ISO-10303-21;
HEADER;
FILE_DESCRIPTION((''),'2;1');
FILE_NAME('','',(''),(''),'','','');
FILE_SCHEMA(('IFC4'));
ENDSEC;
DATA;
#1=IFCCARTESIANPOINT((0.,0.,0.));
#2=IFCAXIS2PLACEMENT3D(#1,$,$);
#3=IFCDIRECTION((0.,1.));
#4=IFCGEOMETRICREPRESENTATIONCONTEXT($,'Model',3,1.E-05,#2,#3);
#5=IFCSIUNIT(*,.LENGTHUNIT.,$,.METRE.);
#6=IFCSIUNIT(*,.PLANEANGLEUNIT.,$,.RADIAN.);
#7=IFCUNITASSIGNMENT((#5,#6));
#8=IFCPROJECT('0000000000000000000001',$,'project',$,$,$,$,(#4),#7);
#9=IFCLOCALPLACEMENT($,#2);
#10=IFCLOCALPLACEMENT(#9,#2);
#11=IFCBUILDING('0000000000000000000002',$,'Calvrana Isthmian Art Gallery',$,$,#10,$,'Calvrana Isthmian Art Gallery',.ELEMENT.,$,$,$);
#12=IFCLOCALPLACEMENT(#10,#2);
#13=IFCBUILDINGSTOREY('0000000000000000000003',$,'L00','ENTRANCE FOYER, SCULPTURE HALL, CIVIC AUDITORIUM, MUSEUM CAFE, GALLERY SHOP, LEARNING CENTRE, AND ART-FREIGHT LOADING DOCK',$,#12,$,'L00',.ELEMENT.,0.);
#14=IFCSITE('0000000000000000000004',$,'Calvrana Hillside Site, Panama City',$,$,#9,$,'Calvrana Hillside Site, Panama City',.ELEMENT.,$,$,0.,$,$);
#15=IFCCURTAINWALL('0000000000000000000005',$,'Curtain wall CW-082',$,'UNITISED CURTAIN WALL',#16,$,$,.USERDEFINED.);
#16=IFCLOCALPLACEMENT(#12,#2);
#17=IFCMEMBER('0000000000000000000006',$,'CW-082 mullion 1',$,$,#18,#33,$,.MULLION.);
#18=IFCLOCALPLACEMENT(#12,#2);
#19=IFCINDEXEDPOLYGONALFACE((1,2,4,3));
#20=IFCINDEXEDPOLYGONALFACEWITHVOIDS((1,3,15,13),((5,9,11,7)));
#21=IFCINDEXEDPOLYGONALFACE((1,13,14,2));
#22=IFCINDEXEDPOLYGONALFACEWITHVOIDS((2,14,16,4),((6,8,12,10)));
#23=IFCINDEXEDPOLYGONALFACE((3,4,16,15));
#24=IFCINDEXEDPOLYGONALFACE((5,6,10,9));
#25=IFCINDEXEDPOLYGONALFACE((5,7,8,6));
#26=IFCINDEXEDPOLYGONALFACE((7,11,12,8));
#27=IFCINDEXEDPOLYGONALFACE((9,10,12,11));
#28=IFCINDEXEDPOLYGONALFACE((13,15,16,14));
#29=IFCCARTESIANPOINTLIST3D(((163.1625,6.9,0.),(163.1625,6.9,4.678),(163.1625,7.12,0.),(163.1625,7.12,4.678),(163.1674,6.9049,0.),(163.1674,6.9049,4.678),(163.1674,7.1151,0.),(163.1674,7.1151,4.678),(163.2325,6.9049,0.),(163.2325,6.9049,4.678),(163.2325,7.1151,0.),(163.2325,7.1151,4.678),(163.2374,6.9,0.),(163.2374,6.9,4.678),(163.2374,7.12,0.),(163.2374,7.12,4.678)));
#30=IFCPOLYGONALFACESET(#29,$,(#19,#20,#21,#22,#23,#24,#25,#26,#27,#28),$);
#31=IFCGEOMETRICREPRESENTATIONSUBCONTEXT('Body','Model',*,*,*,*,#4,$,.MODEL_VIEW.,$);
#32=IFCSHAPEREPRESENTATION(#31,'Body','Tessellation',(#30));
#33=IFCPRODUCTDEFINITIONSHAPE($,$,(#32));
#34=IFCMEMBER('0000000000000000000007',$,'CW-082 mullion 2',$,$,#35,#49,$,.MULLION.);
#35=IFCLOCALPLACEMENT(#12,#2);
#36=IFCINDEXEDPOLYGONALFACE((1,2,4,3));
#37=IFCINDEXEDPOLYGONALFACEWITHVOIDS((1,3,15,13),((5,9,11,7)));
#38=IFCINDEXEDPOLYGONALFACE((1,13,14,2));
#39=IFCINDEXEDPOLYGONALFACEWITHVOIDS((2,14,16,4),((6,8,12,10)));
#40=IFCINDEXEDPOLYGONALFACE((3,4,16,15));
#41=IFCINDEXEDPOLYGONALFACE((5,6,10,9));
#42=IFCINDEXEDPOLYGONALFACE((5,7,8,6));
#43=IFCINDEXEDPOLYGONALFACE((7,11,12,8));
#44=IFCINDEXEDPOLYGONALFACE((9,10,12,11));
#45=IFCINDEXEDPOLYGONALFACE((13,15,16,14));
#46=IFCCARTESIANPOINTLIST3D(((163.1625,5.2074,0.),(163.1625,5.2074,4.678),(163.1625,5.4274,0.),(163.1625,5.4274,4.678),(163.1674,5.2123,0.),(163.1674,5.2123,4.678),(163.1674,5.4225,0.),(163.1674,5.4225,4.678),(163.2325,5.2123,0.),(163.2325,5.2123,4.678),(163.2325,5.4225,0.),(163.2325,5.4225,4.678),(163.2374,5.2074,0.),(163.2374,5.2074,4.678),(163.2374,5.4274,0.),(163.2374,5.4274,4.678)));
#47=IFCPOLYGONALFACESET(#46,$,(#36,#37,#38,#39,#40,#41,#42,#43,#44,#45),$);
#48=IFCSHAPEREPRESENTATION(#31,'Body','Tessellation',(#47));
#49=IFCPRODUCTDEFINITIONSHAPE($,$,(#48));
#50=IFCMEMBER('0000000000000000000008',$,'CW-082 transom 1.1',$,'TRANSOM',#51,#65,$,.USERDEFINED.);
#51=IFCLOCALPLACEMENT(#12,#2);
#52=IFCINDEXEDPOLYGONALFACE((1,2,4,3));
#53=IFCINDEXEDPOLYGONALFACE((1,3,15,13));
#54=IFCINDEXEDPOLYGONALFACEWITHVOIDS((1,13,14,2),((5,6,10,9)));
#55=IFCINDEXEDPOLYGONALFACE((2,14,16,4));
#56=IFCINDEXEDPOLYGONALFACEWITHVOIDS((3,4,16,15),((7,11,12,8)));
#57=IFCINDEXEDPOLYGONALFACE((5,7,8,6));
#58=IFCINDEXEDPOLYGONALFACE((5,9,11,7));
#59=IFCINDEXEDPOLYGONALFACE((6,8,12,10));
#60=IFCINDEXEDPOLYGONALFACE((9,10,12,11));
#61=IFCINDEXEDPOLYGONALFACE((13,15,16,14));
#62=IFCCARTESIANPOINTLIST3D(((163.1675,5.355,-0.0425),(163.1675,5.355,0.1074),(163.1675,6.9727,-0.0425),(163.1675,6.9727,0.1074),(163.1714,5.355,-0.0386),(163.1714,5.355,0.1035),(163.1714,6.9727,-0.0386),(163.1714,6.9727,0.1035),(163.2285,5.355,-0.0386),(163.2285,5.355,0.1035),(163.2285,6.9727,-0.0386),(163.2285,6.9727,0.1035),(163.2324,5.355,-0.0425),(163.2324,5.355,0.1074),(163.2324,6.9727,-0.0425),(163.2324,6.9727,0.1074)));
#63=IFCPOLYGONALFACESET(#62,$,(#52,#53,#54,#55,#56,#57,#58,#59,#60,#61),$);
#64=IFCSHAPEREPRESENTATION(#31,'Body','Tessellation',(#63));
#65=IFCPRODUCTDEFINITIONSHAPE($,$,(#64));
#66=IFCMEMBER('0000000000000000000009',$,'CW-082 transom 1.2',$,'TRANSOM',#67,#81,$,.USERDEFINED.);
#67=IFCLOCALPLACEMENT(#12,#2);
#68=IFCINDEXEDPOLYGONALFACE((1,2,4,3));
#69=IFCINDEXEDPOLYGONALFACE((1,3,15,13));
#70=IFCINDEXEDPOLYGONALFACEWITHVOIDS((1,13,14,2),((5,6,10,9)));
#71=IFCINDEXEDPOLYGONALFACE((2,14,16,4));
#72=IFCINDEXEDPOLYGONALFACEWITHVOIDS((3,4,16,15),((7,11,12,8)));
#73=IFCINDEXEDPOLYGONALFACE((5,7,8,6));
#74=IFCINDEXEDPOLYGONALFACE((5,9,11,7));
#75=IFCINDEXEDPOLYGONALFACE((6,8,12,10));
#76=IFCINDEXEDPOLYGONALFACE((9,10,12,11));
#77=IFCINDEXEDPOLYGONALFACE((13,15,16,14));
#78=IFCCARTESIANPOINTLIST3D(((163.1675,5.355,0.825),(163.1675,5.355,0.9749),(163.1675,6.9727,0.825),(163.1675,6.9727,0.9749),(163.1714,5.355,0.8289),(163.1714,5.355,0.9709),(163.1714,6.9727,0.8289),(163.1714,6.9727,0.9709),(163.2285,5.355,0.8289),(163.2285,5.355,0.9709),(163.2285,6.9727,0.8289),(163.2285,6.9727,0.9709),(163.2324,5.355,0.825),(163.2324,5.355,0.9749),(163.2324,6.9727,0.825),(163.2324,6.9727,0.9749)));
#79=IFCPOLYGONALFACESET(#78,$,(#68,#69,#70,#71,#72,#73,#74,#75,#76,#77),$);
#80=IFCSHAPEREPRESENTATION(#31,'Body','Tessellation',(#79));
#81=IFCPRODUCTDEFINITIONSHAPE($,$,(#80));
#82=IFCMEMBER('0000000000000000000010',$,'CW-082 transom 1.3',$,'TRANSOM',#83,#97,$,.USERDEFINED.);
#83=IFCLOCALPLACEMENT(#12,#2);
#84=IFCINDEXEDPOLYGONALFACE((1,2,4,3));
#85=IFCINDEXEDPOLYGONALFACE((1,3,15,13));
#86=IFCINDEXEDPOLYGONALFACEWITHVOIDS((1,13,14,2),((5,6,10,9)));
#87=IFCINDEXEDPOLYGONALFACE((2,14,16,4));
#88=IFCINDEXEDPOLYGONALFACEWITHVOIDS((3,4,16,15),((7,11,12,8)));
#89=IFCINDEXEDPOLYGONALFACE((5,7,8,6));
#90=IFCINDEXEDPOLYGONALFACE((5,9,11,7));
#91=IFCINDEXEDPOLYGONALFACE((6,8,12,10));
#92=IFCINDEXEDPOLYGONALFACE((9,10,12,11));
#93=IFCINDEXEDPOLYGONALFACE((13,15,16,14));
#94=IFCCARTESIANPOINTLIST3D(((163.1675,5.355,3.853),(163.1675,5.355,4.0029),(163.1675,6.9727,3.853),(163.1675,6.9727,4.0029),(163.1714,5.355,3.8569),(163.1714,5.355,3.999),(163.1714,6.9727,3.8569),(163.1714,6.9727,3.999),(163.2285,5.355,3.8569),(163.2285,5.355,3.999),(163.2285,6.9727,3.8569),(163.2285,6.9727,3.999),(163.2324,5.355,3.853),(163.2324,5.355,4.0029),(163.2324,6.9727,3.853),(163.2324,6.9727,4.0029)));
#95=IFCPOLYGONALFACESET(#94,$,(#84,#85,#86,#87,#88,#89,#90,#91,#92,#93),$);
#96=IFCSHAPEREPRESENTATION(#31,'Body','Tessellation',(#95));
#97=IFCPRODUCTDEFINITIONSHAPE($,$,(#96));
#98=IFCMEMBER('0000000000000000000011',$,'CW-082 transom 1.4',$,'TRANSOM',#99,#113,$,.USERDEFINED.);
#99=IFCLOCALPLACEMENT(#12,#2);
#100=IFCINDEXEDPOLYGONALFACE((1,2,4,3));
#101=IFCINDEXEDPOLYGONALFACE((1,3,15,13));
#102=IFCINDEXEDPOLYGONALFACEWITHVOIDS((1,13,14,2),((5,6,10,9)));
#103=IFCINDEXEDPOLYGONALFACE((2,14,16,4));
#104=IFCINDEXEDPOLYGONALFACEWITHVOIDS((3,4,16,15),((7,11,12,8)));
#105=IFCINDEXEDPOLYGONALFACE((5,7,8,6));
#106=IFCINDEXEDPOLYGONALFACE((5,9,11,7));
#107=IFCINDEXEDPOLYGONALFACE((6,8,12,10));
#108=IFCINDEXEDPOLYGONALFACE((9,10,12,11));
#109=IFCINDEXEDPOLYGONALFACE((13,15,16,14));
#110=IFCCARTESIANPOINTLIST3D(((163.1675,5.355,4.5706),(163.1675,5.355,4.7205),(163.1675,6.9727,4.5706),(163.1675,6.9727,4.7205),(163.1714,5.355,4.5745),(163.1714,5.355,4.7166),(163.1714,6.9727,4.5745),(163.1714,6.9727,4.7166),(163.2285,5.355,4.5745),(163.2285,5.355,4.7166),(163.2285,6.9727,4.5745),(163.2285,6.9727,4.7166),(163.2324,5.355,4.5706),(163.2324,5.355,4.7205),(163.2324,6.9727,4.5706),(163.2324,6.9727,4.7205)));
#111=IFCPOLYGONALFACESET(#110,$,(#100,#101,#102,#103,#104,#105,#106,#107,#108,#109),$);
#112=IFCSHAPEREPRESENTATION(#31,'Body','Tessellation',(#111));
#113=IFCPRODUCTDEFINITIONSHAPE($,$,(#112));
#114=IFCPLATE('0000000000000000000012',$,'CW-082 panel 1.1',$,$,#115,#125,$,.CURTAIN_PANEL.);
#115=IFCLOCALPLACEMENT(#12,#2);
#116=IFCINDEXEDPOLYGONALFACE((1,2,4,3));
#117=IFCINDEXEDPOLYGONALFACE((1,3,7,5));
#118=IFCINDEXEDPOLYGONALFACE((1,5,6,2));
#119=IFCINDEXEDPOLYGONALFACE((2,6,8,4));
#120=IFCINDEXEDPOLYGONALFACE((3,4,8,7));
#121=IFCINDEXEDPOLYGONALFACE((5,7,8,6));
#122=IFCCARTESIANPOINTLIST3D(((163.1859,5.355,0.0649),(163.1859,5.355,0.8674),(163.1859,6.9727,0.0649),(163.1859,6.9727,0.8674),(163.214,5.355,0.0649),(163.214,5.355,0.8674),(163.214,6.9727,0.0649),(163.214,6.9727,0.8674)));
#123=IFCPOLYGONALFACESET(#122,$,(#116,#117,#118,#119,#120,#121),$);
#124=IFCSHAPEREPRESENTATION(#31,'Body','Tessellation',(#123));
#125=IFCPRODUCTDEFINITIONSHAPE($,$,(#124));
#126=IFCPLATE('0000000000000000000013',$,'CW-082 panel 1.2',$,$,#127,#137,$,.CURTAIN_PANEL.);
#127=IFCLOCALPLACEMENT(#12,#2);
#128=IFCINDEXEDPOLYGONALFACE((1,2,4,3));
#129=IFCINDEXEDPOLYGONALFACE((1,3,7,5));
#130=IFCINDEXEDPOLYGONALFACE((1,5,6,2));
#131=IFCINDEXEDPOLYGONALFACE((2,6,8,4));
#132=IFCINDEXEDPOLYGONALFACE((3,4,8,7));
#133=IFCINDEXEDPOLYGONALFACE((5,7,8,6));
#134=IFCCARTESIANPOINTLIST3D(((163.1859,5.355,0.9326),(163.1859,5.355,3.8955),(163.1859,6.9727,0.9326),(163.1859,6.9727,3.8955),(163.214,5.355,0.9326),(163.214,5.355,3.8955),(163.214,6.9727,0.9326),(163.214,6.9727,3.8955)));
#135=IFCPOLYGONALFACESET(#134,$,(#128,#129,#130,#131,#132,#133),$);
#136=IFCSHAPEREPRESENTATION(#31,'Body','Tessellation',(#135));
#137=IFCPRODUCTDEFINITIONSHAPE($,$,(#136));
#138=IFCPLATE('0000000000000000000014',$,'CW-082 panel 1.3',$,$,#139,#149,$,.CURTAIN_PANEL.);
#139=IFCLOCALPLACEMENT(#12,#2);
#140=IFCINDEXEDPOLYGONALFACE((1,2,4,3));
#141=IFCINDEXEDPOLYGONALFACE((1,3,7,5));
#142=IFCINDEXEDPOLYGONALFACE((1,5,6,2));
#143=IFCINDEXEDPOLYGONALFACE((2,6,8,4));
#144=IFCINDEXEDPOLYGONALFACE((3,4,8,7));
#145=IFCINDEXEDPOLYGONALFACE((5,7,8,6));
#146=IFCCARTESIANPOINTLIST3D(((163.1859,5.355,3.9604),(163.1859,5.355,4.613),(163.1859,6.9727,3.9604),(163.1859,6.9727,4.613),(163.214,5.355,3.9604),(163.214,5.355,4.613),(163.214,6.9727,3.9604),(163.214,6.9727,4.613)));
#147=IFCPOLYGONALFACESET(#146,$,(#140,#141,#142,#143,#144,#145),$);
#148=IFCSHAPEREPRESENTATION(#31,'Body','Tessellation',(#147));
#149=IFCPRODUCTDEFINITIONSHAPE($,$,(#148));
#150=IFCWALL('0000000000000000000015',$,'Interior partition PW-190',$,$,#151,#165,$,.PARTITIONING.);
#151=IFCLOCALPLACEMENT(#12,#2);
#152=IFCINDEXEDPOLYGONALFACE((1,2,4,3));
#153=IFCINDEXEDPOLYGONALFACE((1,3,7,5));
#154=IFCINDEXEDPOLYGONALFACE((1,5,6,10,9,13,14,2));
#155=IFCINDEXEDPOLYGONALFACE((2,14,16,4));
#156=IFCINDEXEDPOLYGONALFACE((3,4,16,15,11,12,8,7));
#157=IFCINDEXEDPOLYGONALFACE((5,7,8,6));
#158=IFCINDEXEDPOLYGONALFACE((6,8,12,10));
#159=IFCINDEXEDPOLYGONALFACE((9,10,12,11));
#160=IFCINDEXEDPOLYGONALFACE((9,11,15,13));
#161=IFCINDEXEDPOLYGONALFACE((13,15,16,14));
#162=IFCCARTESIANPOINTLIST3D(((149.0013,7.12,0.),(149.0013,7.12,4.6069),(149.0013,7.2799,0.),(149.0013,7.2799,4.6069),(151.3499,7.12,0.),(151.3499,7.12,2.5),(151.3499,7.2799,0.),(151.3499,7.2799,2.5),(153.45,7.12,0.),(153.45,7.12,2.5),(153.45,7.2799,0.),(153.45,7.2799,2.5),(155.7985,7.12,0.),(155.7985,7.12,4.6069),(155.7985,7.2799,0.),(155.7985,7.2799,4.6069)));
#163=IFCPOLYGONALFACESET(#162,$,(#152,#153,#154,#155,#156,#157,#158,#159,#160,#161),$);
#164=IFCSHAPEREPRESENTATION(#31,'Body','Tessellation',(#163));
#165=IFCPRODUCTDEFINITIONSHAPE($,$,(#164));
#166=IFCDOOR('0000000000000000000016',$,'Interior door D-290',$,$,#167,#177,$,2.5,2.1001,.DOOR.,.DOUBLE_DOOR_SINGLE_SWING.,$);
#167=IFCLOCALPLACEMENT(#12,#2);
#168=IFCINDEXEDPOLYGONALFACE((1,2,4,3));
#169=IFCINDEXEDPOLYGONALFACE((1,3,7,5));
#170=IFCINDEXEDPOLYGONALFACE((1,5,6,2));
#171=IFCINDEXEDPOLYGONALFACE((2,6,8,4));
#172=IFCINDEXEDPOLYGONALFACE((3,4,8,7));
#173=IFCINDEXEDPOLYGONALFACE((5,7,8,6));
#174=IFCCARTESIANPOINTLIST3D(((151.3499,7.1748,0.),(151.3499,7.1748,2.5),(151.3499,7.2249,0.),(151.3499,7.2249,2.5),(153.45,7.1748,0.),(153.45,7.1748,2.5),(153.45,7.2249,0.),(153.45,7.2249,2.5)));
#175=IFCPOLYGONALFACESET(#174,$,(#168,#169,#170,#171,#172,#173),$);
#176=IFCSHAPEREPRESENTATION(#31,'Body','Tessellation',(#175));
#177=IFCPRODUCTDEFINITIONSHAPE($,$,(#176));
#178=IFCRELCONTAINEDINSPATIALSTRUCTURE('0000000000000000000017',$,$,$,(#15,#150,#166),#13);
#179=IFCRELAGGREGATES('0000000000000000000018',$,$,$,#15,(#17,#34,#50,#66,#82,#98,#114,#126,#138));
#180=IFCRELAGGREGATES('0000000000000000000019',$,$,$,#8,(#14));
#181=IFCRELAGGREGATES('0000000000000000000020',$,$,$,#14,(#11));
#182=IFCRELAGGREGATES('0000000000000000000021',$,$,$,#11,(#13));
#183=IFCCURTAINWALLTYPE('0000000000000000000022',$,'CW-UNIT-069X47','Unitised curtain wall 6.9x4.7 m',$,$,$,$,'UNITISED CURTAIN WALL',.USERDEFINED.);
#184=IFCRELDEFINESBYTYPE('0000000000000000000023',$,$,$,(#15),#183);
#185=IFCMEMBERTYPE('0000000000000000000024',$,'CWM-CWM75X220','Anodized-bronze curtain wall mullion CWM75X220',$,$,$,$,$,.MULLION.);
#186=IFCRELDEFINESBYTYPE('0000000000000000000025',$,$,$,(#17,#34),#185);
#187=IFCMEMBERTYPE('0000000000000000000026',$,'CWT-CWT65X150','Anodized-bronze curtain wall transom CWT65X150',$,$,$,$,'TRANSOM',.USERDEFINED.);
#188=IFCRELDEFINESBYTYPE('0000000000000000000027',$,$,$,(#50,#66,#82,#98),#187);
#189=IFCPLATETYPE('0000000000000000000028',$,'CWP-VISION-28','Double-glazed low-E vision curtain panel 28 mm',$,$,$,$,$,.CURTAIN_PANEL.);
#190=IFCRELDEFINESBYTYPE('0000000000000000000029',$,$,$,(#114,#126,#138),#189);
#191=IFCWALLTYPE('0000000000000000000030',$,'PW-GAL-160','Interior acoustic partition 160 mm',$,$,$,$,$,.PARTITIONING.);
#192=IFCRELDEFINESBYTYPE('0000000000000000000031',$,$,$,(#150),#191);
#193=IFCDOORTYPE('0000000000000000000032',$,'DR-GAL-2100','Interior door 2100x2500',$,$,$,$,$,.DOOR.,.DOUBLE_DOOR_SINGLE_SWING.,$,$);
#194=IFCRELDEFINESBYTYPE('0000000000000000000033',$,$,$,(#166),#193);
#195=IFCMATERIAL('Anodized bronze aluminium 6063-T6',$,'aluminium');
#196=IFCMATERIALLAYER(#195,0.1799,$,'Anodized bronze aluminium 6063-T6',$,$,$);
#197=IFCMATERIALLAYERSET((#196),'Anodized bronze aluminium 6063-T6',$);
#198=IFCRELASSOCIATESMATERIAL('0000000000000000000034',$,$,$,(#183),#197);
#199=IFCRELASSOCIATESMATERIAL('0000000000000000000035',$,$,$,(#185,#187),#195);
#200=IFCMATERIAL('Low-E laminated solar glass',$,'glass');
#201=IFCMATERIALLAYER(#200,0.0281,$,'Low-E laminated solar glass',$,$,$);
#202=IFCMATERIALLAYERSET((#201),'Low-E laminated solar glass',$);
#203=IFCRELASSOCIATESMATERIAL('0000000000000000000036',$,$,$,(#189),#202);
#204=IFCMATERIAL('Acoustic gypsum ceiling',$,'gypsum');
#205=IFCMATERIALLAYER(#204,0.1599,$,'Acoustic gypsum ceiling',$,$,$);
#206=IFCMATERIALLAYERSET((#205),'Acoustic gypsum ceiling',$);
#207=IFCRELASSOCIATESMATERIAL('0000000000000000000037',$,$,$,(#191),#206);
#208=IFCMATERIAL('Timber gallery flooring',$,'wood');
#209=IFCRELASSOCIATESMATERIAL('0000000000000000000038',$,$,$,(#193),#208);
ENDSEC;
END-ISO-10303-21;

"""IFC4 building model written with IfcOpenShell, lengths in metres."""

from ifc_helpers import new_model, si_unit, direction, frame, frame_2d, origin, origin_2d, place, context, subcontext, project, spatial, rectangle, hollow_rectangle, extrude, material, layer, layer_set, material_profile, profile_set, type_object, element, fill, aggregate, save


model = new_model("IFC4")

# Units and contexts
model_context = context("Model", 3, precision=1e-05, world=origin(), true_north=direction((0.0, 1.0)))
body_context = subcontext(model_context, "Body", "Model", "MODEL_VIEW")
ifc_project = project(units=[si_unit("LENGTHUNIT", "METRE"), si_unit("PLANEANGLEUNIT", "RADIAN")], contexts=[model_context])

# Site, building, storey
site_placement = place(None, origin())
site = spatial("IfcSite", under=ifc_project, at=site_placement, Name="Calvrana Hillside Site, Panama City", LongName="Calvrana Hillside Site, Panama City", CompositionType="ELEMENT", RefElevation=0.0)
building_placement = place(site_placement, origin())
building = spatial("IfcBuilding", under=site, at=building_placement, Name="Calvrana Isthmian Art Gallery", LongName="Calvrana Isthmian Art Gallery", CompositionType="ELEMENT")
storey_placement = place(building_placement, origin())
storey = spatial("IfcBuildingStorey", under=building, at=storey_placement, Name="L00", Description="ENTRANCE FOYER, SCULPTURE HALL, CIVIC AUDITORIUM, MUSEUM CAFE, GALLERY SHOP, LEARNING CENTRE, AND ART-FREIGHT LOADING DOCK", LongName="L00", CompositionType="ELEMENT", Elevation=0.0)

# Curtain wall, members, plates
ifc_material_1 = material(Name="Anodized bronze aluminium 6063-T6", Category="aluminium")
ifc_layer_1 = layer(ifc_material_1, 0.1799, Name="Anodized bronze aluminium 6063-T6")
ifc_layer_set_1 = layer_set([ifc_layer_1], Name="Anodized bronze aluminium 6063-T6")
curtain_wall_type = type_object("IfcCurtainWallType", Name="CW-UNIT-069X47", Description="Unitised curtain wall 6.9x4.7 m", ElementType="UNITISED CURTAIN WALL", PredefinedType="USERDEFINED", material=ifc_layer_set_1)
curtain_wall_placement = place(storey_placement, origin())
curtain_wall = element("IfcCurtainWall", 1, at=curtain_wall_placement, inside=storey, type_object=curtain_wall_type, Name="Curtain wall CW-082", ObjectType="UNITISED CURTAIN WALL", PredefinedType="USERDEFINED")
ifc_material_profile_1 = material_profile(ifc_material_1, hollow_rectangle(XDim=0.075, YDim=0.22, WallThickness=0.0049, at=origin_2d()), Name="CWM75X220")
ifc_profile_set_1 = profile_set([ifc_material_profile_1], Name="Anodized bronze aluminium 6063-T6")
member_type_1 = type_object("IfcMemberType", Name="CWM-CWM75X220", Description="Anodized-bronze curtain wall mullion CWM75X220", PredefinedType="MULLION", material=ifc_profile_set_1)
member_1_placement = place(storey_placement, frame((163.2, 7.01, 0.0), z_axis=(0.0, 0.0, 1.0), x_axis=(1.0, 0.0, 0.0)))
member_1 = element("IfcMember", 2, at=member_1_placement, type_object=member_type_1, Name="CW-082 mullion 1", PredefinedType="MULLION", context=body_context, shape_type="SweptSolid", body=[
    extrude(hollow_rectangle(XDim=0.075, YDim=0.22, WallThickness=0.0049, at=origin_2d()), origin(), (0.0, 0.0, 1.0), 4.678),
])
member_2_placement = place(storey_placement, frame((163.2, 5.3174, 0.0), z_axis=(0.0, 0.0, 1.0), x_axis=(1.0, 0.0, 0.0)))
member_2 = element("IfcMember", 3, at=member_2_placement, type_object=member_type_1, Name="CW-082 mullion 2", PredefinedType="MULLION", context=body_context, shape_type="SweptSolid", body=[
    extrude(hollow_rectangle(XDim=0.075, YDim=0.22, WallThickness=0.0049, at=origin_2d()), origin(), (0.0, 0.0, 1.0), 4.678),
])
ifc_material_profile_2 = material_profile(ifc_material_1, hollow_rectangle(XDim=0.0649, YDim=0.1499, WallThickness=0.0039, at=origin_2d()), Name="CWT65X150")
ifc_profile_set_2 = profile_set([ifc_material_profile_2], Name="Anodized bronze aluminium 6063-T6")
member_type_2 = type_object("IfcMemberType", Name="CWT-CWT65X150", Description="Anodized-bronze curtain wall transom CWT65X150", ElementType="TRANSOM", PredefinedType="USERDEFINED", material=ifc_profile_set_2)
member_3_placement = place(storey_placement, frame((163.2, 6.9727, 0.0325), z_axis=(0.0, -1.0, 0.0), x_axis=(1.0, 0.0, 0.0)))
member_3 = element("IfcMember", 4, at=member_3_placement, type_object=member_type_2, Name="CW-082 transom 1.1", ObjectType="TRANSOM", PredefinedType="USERDEFINED", context=body_context, shape_type="SweptSolid", body=[
    extrude(hollow_rectangle(XDim=0.0649, YDim=0.1499, WallThickness=0.0039, at=origin_2d()), origin(), (0.0, 0.0, 1.0), 1.6177),
])
member_4_placement = place(storey_placement, frame((163.2, 6.9727, 0.8999), z_axis=(0.0, -1.0, 0.0), x_axis=(1.0, 0.0, 0.0)))
member_4 = element("IfcMember", 5, at=member_4_placement, type_object=member_type_2, Name="CW-082 transom 1.2", ObjectType="TRANSOM", PredefinedType="USERDEFINED", context=body_context, shape_type="SweptSolid", body=[
    extrude(hollow_rectangle(XDim=0.0649, YDim=0.1499, WallThickness=0.0039, at=origin_2d()), origin(), (0.0, 0.0, 1.0), 1.6177),
])
member_5_placement = place(storey_placement, frame((163.2, 6.9727, 3.928), z_axis=(0.0, -1.0, 0.0), x_axis=(1.0, 0.0, 0.0)))
member_5 = element("IfcMember", 6, at=member_5_placement, type_object=member_type_2, Name="CW-082 transom 1.3", ObjectType="TRANSOM", PredefinedType="USERDEFINED", context=body_context, shape_type="SweptSolid", body=[
    extrude(hollow_rectangle(XDim=0.0649, YDim=0.1499, WallThickness=0.0039, at=origin_2d()), origin(), (0.0, 0.0, 1.0), 1.6177),
])
member_6_placement = place(storey_placement, frame((163.2, 6.9727, 4.6455), z_axis=(0.0, -1.0, 0.0), x_axis=(1.0, 0.0, 0.0)))
member_6 = element("IfcMember", 7, at=member_6_placement, type_object=member_type_2, Name="CW-082 transom 1.4", ObjectType="TRANSOM", PredefinedType="USERDEFINED", context=body_context, shape_type="SweptSolid", body=[
    extrude(hollow_rectangle(XDim=0.0649, YDim=0.1499, WallThickness=0.0039, at=origin_2d()), origin(), (0.0, 0.0, 1.0), 1.6177),
])
ifc_material_2 = material(Name="Low-E laminated solar glass", Category="glass")
ifc_layer_2 = layer(ifc_material_2, 0.0281, Name="Low-E laminated solar glass")
ifc_layer_set_2 = layer_set([ifc_layer_2], Name="Low-E laminated solar glass")
plate_type = type_object("IfcPlateType", Name="CWP-VISION-28", Description="Double-glazed low-E vision curtain panel 28 mm", PredefinedType="CURTAIN_PANEL", material=ifc_layer_set_2)
plate_1_placement = place(storey_placement, frame((163.2, 6.1638, 0.0649), z_axis=(0.0, 0.0, 1.0), x_axis=(0.0, -1.0, 0.0)))
plate_1 = element("IfcPlate", 8, at=plate_1_placement, type_object=plate_type, Name="CW-082 panel 1.1", PredefinedType="CURTAIN_PANEL", context=body_context, shape_type="SweptSolid", body=[
    extrude(rectangle(XDim=1.6177, YDim=0.0281, at=origin_2d()), origin(), (0.0, 0.0, 1.0), 0.8025),
])
plate_2_placement = place(storey_placement, frame((163.2, 6.1638, 0.9326), z_axis=(0.0, 0.0, 1.0), x_axis=(0.0, -1.0, 0.0)))
plate_2 = element("IfcPlate", 9, at=plate_2_placement, type_object=plate_type, Name="CW-082 panel 1.2", PredefinedType="CURTAIN_PANEL", context=body_context, shape_type="SweptSolid", body=[
    extrude(rectangle(XDim=1.6177, YDim=0.0281, at=origin_2d()), origin(), (0.0, 0.0, 1.0), 2.9629),
])
plate_3_placement = place(storey_placement, frame((163.2, 6.1638, 3.9604), z_axis=(0.0, 0.0, 1.0), x_axis=(0.0, -1.0, 0.0)))
plate_3 = element("IfcPlate", 10, at=plate_3_placement, type_object=plate_type, Name="CW-082 panel 1.3", PredefinedType="CURTAIN_PANEL", context=body_context, shape_type="SweptSolid", body=[
    extrude(rectangle(XDim=1.6177, YDim=0.0281, at=origin_2d()), origin(), (0.0, 0.0, 1.0), 0.6526),
])
aggregate(curtain_wall, [member_1, member_2, member_3, member_4, member_5, member_6, plate_1, plate_2, plate_3])

# Wall, opening, door
ifc_material_3 = material(Name="Acoustic gypsum ceiling", Category="gypsum")
ifc_layer_3 = layer(ifc_material_3, 0.1599, Name="Acoustic gypsum ceiling")
ifc_layer_set_3 = layer_set([ifc_layer_3], Name="Acoustic gypsum ceiling")
wall_type = type_object("IfcWallType", Name="PW-GAL-160", Description="Interior acoustic partition 160 mm", PredefinedType="PARTITIONING", material=ifc_layer_set_3)
wall_1_placement = place(storey_placement, frame((149.0015, 7.2, 0.0), z_axis=(0.0, 0.0, 1.0), x_axis=(1.0, 0.0, 0.0)))
wall_1 = element("IfcWall", 11, at=wall_1_placement, inside=storey, type_object=wall_type, Name="Interior partition PW-190", PredefinedType="PARTITIONING", context=body_context, shape_type="SweptSolid", body=[
    extrude(rectangle(XDim=6.7971, YDim=0.1599, at=frame_2d((3.3984, 0.0))), origin(), (0.0, 0.0, 1.0), 4.6069),
])
opening_1_placement = place(wall_1_placement, frame((2.3484, 0.0, 0.0)))
opening_1 = element("IfcOpeningElement", 12, at=opening_1_placement, cuts=wall_1, PredefinedType="OPENING", context=body_context, shape_type="SweptSolid", body=[
    extrude(rectangle(XDim=2.1001, YDim=2.5, at=frame_2d((1.05, 1.25))), frame((0.0, 0.0903, 0.0), z_axis=(0.0, -1.0, 0.0), x_axis=(1.0, 0.0, 0.0)), (0.0, 0.0, 1.0), 0.1804),
])
ifc_material_4 = material(Name="Timber gallery flooring", Category="wood")
door_type_1 = type_object("IfcDoorType", Name="DR-GAL-2100", Description="Interior door 2100x2500", OperationType="DOUBLE_DOOR_SINGLE_SWING", PredefinedType="DOOR", material=ifc_material_4)
door_1_placement = place(opening_1_placement, origin())
door_1 = element("IfcDoor", 13, at=door_1_placement, inside=storey, type_object=door_type_1, Name="Interior door D-290", OperationType="DOUBLE_DOOR_SINGLE_SWING", OverallHeight=2.5, OverallWidth=2.1001, PredefinedType="DOOR", context=body_context, shape_type="SweptSolid", body=[
    extrude(rectangle(XDim=2.1001, YDim=2.5, at=frame_2d((1.05, 1.25))), frame((0.0, 0.0249, 0.0), z_axis=(0.0, -1.0, 0.0), x_axis=(1.0, 0.0, 0.0)), (0.0, 0.0, 1.0), 0.05),
])
fill(opening_1, door_1)

save(model, "model.ifc")
